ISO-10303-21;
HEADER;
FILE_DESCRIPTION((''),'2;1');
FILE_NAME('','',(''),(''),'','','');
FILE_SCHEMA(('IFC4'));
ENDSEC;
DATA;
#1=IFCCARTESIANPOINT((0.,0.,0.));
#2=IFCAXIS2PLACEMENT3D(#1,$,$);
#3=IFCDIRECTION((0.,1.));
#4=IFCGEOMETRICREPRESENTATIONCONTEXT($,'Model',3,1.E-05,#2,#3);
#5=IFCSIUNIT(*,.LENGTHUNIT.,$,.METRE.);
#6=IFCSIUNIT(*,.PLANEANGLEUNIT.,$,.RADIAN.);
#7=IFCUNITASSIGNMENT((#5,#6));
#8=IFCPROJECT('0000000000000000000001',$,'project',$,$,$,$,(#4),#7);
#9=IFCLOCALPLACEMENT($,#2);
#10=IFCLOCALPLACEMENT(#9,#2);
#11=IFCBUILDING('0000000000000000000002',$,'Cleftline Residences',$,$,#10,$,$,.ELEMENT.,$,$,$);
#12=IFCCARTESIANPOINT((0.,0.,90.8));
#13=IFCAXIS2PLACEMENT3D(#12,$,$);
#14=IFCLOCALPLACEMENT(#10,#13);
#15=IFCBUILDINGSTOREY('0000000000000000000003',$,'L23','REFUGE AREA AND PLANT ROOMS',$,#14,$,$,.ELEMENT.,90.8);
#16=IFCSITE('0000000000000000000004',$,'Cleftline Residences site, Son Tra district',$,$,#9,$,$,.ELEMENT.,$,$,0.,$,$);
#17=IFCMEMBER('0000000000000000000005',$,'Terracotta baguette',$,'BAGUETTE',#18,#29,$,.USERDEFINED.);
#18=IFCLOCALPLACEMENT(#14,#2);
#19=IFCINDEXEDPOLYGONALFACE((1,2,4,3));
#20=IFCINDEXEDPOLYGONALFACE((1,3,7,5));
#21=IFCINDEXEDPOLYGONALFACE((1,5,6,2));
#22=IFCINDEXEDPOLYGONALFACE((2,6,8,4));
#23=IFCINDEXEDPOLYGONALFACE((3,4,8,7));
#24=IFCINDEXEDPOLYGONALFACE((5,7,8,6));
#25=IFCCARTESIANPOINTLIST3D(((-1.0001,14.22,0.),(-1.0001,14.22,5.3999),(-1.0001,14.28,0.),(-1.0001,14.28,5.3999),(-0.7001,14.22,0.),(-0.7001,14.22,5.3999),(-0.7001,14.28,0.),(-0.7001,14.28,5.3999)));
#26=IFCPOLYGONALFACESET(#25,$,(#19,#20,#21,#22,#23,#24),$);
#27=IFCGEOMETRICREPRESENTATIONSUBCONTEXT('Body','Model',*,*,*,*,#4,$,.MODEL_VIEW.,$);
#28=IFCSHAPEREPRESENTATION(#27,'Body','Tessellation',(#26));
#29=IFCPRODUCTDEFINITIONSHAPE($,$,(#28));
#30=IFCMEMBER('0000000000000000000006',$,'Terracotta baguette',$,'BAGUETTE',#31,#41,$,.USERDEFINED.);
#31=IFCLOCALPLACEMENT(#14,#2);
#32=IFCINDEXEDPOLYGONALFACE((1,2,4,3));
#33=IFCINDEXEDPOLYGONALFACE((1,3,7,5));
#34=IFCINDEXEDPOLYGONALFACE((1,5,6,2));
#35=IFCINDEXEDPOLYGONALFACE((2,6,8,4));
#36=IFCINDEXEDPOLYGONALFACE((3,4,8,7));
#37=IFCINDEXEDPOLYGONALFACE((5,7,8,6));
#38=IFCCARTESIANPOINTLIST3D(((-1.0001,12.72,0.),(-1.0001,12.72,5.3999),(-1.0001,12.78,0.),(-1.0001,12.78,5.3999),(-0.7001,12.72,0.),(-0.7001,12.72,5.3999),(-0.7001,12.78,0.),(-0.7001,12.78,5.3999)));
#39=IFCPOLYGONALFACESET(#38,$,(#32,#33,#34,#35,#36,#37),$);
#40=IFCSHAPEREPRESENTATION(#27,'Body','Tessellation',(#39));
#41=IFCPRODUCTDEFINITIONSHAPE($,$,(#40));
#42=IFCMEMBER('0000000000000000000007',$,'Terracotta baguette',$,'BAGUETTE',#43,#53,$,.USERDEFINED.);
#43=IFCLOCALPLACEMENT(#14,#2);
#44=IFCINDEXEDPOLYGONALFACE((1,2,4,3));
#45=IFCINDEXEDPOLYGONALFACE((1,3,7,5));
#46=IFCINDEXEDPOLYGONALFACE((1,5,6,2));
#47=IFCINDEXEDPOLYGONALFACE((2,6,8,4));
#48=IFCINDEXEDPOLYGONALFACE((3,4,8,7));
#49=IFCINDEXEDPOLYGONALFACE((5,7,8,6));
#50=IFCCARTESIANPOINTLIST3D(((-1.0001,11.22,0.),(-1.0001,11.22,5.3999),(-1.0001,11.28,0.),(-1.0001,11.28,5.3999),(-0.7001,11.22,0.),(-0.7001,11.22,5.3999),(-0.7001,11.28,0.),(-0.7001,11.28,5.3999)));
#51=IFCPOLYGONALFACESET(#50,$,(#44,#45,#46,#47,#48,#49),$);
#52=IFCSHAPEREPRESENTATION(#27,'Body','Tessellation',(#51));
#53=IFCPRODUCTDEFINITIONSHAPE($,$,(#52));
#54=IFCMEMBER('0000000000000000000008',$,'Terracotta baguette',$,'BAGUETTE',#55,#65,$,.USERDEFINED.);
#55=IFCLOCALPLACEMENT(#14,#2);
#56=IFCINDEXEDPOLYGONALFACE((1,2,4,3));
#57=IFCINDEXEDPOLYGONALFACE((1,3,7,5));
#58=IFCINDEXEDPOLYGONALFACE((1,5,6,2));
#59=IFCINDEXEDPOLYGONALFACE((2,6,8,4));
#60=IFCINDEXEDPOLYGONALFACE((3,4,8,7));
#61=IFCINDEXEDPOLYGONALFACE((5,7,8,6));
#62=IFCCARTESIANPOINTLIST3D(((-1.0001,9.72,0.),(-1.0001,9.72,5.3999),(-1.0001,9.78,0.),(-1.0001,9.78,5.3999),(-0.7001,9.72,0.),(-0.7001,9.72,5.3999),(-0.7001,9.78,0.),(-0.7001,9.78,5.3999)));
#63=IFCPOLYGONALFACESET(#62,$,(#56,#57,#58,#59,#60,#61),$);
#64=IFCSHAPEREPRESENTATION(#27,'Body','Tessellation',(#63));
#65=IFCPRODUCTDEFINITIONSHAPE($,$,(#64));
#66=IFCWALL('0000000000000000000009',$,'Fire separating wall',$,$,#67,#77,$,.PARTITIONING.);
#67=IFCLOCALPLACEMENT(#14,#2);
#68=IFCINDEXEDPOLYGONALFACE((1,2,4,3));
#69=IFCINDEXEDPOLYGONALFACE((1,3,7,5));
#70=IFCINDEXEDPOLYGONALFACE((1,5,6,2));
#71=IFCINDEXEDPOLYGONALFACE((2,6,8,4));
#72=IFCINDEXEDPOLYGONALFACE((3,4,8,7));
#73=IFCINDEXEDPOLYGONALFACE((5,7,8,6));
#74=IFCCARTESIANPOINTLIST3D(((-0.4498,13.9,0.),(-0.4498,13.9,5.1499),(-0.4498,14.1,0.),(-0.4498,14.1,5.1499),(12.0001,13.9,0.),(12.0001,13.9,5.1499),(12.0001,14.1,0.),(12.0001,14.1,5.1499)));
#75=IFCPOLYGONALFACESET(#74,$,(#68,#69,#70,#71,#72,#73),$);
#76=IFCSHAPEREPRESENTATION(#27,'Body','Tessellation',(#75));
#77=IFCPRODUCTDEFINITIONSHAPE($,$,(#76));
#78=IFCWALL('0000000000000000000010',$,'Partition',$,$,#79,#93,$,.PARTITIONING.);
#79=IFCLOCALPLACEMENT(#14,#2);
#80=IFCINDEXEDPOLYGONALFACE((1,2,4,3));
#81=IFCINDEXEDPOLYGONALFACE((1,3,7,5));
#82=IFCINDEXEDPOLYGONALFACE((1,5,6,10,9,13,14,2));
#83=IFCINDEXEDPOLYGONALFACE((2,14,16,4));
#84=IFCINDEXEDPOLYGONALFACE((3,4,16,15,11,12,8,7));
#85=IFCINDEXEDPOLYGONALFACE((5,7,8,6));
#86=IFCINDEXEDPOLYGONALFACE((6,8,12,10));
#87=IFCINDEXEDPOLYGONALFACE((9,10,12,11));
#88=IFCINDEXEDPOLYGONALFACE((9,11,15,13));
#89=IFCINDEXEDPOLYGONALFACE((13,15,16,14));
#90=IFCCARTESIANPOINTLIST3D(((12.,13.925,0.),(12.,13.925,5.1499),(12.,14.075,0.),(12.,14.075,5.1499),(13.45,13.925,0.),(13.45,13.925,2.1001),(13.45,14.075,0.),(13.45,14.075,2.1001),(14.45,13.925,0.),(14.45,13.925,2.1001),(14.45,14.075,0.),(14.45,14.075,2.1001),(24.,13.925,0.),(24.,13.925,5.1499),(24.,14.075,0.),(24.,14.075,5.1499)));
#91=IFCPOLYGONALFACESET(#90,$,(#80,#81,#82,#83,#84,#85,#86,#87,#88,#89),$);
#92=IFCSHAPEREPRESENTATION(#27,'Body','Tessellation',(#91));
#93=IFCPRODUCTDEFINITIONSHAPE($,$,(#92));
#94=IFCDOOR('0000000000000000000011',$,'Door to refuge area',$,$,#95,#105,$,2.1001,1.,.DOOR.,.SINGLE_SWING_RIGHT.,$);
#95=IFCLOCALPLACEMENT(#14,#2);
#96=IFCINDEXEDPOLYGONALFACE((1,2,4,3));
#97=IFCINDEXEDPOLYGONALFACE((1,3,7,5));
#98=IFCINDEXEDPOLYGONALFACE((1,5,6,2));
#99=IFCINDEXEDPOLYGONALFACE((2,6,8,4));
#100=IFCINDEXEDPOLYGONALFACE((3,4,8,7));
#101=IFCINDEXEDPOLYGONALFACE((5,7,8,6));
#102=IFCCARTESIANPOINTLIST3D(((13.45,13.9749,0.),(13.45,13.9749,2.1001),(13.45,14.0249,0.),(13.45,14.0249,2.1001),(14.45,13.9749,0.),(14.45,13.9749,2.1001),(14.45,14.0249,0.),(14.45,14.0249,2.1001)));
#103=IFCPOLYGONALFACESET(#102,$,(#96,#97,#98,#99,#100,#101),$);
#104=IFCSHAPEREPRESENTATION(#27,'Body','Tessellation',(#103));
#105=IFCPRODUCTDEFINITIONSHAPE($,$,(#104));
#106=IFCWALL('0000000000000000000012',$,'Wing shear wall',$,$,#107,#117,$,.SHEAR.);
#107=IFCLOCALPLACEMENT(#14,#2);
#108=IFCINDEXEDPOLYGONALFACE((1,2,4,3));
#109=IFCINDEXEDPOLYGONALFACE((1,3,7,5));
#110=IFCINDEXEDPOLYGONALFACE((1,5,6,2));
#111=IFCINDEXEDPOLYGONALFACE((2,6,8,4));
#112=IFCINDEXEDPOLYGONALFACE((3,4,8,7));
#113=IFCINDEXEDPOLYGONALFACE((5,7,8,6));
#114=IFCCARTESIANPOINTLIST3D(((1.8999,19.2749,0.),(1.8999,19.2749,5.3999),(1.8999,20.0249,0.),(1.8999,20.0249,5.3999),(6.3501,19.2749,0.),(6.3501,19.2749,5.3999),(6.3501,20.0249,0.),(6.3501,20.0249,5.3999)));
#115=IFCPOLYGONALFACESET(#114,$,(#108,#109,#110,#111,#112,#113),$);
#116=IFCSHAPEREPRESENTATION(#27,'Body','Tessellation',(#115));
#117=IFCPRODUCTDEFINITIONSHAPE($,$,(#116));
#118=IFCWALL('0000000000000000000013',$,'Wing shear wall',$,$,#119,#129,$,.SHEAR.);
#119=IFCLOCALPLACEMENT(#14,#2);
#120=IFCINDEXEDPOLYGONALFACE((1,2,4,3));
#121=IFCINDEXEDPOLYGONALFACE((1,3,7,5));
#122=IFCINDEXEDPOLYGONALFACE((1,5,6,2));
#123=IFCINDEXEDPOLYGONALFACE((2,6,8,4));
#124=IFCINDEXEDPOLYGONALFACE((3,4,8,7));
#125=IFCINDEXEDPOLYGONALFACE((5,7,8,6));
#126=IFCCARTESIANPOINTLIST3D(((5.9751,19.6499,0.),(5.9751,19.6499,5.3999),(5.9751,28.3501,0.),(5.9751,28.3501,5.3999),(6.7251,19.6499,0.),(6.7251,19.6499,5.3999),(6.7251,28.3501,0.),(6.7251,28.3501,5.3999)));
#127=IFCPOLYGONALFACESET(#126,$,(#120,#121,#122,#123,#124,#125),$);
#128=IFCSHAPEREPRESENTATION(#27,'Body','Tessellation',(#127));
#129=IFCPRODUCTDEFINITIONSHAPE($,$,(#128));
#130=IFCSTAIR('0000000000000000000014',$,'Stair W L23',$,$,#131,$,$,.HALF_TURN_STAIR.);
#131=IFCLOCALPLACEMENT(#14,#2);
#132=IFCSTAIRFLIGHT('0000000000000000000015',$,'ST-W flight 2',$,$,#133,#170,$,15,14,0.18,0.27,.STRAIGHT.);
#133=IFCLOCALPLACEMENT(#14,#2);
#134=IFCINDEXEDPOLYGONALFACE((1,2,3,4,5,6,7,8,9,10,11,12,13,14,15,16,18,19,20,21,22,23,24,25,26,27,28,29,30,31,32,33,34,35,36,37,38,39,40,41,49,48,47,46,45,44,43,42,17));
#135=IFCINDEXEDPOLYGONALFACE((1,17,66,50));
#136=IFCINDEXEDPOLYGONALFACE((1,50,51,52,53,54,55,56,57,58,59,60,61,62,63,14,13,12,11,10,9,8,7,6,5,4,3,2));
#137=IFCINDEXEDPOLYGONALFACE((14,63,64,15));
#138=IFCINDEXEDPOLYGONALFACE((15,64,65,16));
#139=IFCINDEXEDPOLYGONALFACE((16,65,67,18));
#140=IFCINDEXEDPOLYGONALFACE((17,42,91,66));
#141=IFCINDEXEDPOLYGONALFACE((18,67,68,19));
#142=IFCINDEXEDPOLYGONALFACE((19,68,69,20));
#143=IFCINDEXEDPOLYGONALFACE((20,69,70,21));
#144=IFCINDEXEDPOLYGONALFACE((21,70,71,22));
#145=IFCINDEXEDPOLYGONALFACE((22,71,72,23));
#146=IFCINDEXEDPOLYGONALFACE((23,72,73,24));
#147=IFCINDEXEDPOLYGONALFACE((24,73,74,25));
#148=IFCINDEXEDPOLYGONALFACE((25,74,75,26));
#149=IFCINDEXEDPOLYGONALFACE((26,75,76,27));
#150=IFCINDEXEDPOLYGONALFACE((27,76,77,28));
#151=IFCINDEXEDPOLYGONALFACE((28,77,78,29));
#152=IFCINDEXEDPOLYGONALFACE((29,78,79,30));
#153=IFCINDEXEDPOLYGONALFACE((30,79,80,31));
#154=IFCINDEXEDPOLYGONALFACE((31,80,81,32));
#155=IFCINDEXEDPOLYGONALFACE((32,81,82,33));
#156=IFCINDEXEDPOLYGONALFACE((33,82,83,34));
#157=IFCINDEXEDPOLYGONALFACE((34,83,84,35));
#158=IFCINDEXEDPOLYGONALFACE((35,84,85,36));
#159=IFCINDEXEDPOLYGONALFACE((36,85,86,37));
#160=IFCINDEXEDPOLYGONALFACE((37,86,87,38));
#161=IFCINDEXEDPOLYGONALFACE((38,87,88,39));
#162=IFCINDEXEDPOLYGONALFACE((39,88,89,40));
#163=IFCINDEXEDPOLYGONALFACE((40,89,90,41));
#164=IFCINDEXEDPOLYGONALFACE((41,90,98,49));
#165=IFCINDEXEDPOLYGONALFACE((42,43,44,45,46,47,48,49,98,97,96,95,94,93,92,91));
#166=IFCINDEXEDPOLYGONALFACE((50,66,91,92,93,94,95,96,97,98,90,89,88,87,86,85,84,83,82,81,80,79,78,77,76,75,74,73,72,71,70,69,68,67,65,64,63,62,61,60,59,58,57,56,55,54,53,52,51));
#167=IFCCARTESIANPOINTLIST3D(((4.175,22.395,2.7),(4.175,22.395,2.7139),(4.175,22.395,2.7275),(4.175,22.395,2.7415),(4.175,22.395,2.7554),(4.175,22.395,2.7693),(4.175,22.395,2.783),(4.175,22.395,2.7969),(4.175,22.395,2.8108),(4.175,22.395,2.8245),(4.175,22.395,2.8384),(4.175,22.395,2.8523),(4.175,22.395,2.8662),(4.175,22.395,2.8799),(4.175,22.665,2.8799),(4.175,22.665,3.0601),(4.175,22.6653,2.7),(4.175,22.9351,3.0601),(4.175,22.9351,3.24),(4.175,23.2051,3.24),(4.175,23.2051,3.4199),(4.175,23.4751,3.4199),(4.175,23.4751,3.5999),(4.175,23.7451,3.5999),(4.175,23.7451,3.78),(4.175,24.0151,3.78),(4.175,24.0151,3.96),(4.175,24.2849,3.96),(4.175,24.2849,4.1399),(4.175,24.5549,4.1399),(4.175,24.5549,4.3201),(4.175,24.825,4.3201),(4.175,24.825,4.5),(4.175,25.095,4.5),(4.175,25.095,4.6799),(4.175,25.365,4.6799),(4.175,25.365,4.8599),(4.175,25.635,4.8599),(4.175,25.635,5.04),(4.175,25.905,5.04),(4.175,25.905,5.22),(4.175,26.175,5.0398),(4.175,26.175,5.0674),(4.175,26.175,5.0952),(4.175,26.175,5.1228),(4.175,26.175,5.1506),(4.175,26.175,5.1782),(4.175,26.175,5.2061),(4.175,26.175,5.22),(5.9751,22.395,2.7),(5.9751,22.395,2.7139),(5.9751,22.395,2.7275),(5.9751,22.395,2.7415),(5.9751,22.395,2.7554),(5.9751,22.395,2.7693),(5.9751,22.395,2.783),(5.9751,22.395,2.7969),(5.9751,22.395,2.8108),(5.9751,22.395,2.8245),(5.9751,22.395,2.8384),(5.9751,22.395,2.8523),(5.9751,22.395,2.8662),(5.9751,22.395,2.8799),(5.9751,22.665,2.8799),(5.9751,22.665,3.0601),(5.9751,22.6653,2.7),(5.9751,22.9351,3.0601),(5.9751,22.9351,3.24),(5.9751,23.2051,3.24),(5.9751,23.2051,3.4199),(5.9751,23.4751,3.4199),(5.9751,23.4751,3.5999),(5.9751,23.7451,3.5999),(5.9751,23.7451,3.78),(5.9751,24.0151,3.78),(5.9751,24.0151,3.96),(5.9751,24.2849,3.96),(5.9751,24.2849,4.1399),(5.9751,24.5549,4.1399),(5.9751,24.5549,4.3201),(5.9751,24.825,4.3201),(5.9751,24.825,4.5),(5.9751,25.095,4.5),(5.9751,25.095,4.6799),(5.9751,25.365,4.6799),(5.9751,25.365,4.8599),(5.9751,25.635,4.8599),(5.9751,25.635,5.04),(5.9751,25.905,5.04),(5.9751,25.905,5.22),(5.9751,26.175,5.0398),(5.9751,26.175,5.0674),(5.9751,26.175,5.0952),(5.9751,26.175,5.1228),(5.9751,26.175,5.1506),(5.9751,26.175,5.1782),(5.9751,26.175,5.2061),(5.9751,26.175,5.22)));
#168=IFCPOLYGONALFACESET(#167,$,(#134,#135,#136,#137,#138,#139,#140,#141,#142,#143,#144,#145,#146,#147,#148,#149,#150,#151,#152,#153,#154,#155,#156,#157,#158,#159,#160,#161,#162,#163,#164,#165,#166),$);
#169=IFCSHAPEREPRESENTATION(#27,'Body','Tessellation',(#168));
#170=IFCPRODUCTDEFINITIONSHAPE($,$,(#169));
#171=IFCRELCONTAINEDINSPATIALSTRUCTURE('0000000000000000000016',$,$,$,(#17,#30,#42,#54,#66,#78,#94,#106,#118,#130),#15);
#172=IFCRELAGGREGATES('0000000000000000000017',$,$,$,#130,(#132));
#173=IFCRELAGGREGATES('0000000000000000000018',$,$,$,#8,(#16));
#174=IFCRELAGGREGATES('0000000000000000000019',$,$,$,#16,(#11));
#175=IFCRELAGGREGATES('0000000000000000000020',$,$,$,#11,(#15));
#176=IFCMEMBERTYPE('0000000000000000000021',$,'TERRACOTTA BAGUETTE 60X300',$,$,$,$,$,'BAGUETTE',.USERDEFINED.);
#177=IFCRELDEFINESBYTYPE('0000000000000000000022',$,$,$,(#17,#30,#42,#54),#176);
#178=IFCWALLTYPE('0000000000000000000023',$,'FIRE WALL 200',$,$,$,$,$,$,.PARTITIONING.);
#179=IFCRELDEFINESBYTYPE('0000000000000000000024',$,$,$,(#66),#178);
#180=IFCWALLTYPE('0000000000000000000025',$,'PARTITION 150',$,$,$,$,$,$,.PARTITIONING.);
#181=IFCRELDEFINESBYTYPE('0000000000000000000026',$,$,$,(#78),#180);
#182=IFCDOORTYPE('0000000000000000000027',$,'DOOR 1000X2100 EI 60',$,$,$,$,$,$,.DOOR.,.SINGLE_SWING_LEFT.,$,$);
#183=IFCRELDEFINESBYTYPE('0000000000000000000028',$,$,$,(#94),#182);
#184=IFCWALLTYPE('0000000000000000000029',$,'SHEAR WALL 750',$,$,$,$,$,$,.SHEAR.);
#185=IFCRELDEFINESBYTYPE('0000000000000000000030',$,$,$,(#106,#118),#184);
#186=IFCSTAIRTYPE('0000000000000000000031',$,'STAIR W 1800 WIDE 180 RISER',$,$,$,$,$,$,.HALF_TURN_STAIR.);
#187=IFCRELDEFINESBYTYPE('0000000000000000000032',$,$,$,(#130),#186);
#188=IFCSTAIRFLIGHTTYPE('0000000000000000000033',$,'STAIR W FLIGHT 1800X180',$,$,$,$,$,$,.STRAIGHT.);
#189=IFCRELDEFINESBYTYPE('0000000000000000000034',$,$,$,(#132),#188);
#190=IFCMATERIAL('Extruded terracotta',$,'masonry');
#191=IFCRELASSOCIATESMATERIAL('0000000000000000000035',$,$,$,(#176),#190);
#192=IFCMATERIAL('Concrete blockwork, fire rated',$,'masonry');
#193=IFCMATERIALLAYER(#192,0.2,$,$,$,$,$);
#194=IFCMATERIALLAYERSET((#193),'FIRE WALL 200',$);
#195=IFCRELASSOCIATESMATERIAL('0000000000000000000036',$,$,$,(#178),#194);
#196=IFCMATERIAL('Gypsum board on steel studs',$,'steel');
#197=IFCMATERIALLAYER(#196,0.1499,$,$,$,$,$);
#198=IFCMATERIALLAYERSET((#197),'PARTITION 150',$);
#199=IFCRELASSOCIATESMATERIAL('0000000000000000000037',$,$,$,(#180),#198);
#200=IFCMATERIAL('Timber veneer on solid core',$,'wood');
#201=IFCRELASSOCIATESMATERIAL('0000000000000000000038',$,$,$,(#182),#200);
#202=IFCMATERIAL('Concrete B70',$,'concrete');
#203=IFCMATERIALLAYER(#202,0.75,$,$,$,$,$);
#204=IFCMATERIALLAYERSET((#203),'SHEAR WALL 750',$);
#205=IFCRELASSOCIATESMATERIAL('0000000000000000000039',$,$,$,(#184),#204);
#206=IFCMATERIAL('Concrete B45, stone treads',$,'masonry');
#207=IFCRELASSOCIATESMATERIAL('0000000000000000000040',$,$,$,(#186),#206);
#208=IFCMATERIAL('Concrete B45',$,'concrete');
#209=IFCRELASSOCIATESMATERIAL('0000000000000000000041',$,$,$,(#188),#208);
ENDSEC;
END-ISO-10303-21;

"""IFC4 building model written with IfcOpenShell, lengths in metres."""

from ifc_helpers import new_model, si_unit, direction, frame, frame_2d, origin, origin_2d, place, context, subcontext, project, spatial, polyline, rectangle, outline, extrude, material, layer, layer_set, material_profile, profile_set, type_object, element, fill, aggregate, save


model = new_model("IFC4")

# Units and contexts
model_context = context("Model", 3, precision=1e-05, world=origin(), true_north=direction((0.0, 1.0)))
body_context = subcontext(model_context, "Body", "Model", "MODEL_VIEW")
ifc_project = project(units=[si_unit("LENGTHUNIT", "METRE"), si_unit("PLANEANGLEUNIT", "RADIAN")], contexts=[model_context])

# Site, building, storey
site_placement = place(None, origin())
site = spatial("IfcSite", under=ifc_project, at=site_placement, Name="Cleftline Residences site, Son Tra district", CompositionType="ELEMENT", RefElevation=0.0)
building_placement = place(site_placement, origin())
building = spatial("IfcBuilding", under=site, at=building_placement, Name="Cleftline Residences", CompositionType="ELEMENT")
storey_placement = place(building_placement, frame((0.0, 0.0, 90.8)))
storey = spatial("IfcBuildingStorey", under=building, at=storey_placement, Name="L23", Description="REFUGE AREA AND PLANT ROOMS", CompositionType="ELEMENT", Elevation=90.8)

# Members
ifc_material_1 = material(Name="Extruded terracotta", Category="masonry")
ifc_material_profile_1 = material_profile(ifc_material_1, rectangle(XDim=0.0601, YDim=0.3, at=origin_2d()))
ifc_profile_set_1 = profile_set([ifc_material_profile_1], Name="Extruded terracotta")
member_type_1 = type_object("IfcMemberType", Name="TERRACOTTA BAGUETTE 60X300", ElementType="BAGUETTE", PredefinedType="USERDEFINED", material=ifc_profile_set_1)
for number, where, z_axis, x_axis, name in (
    (1, (-0.8501, 14.25, 0.0), (0.0, 0.0, 1.0), (0.0, 1.0, 0.0), "Terracotta baguette"),
    (2, (-0.8501, 12.75, 0.0), (0.0, 0.0, 1.0), (0.0, 1.0, 0.0), "Terracotta baguette"),
    (3, (-0.8501, 11.25, 0.0), (0.0, 0.0, 1.0), (0.0, 1.0, 0.0), "Terracotta baguette"),
    (4, (-0.8501, 9.75, 0.0), (0.0, 0.0, 1.0), (0.0, 1.0, 0.0), "Terracotta baguette"),
):
    element("IfcMember", number, at=place(storey_placement, frame(where, z_axis=z_axis, x_axis=x_axis)), inside=storey, type_object=member_type_1, Name=name, ObjectType="BAGUETTE", PredefinedType="USERDEFINED", context=body_context, shape_type="SweptSolid", body=[
        extrude(rectangle(XDim=0.0601, YDim=0.3, at=origin_2d()), origin(), (0.0, 0.0, 1.0), 5.3999),
    ])

# Wall
ifc_material_2 = material(Name="Concrete blockwork, fire rated", Category="masonry")
ifc_layer_1 = layer(ifc_material_2, 0.2)
ifc_layer_set_1 = layer_set([ifc_layer_1], Name="FIRE WALL 200")
wall_type_1 = type_object("IfcWallType", Name="FIRE WALL 200", PredefinedType="PARTITIONING", material=ifc_layer_set_1)
wall_1_placement = place(storey_placement, frame((-0.45, 14.0, 0.0), z_axis=(0.0, 0.0, 1.0), x_axis=(1.0, 0.0, 0.0)))
element("IfcWall", 5, at=wall_1_placement, inside=storey, type_object=wall_type_1, Name="Fire separating wall", PredefinedType="PARTITIONING", context=body_context, shape_type="SweptSolid", body=[
    extrude(rectangle(XDim=12.45, YDim=0.2, at=frame_2d((6.2251, 0.0))), origin(), (0.0, 0.0, 1.0), 5.1499),
])

# Wall, opening, door
ifc_material_3 = material(Name="Gypsum board on steel studs", Category="steel")
ifc_layer_2 = layer(ifc_material_3, 0.1499)
ifc_layer_set_2 = layer_set([ifc_layer_2], Name="PARTITION 150")
wall_type_2 = type_object("IfcWallType", Name="PARTITION 150", PredefinedType="PARTITIONING", material=ifc_layer_set_2)
wall_2_placement = place(storey_placement, frame((12.0, 14.0, 0.0), z_axis=(0.0, 0.0, 1.0), x_axis=(1.0, 0.0, 0.0)))
wall_2 = element("IfcWall", 6, at=wall_2_placement, inside=storey, type_object=wall_type_2, Name="Partition", PredefinedType="PARTITIONING", context=body_context, shape_type="SweptSolid", body=[
    extrude(rectangle(XDim=12.0, YDim=0.1499, at=frame_2d((6.0, 0.0))), origin(), (0.0, 0.0, 1.0), 5.1499),
])
opening_placement = place(wall_2_placement, frame((1.45, 0.0, 0.0)))
opening = element("IfcOpeningElement", 7, at=opening_placement, cuts=wall_2, PredefinedType="OPENING", context=body_context, shape_type="SweptSolid", body=[
    extrude(rectangle(XDim=1.0, YDim=2.1001, at=frame_2d((0.5, 1.05))), frame((0.0, 0.085, 0.0), z_axis=(0.0, -1.0, 0.0), x_axis=(1.0, 0.0, 0.0)), (0.0, 0.0, 1.0), 0.1699),
])
ifc_material_4 = material(Name="Timber veneer on solid core", Category="wood")
door_type = type_object("IfcDoorType", Name="DOOR 1000X2100 EI 60", OperationType="SINGLE_SWING_LEFT", PredefinedType="DOOR", material=ifc_material_4)
door_placement = place(opening_placement, origin())
door = element("IfcDoor", 8, at=door_placement, inside=storey, type_object=door_type, Name="Door to refuge area", OperationType="SINGLE_SWING_RIGHT", OverallHeight=2.1001, OverallWidth=1.0, PredefinedType="DOOR", context=body_context, shape_type="SweptSolid", body=[
    extrude(rectangle(XDim=1.0, YDim=2.1001, at=frame_2d((0.5, 1.05))), frame((0.0, 0.0249, 0.0), z_axis=(0.0, -1.0, 0.0), x_axis=(1.0, 0.0, 0.0)), (0.0, 0.0, 1.0), 0.05),
])
fill(opening, door)

# Walls
ifc_material_5 = material(Name="Concrete B70", Category="concrete")
ifc_layer_3 = layer(ifc_material_5, 0.75)
ifc_layer_set_3 = layer_set([ifc_layer_3], Name="SHEAR WALL 750")
wall_type_3 = type_object("IfcWallType", Name="SHEAR WALL 750", PredefinedType="SHEAR", material=ifc_layer_set_3)
wall_3_placement = place(storey_placement, frame((1.8999, 19.6499, 0.0), z_axis=(0.0, 0.0, 1.0), x_axis=(1.0, 0.0, 0.0)))
element("IfcWall", 9, at=wall_3_placement, inside=storey, type_object=wall_type_3, Name="Wing shear wall", PredefinedType="SHEAR", context=body_context, shape_type="SweptSolid", body=[
    extrude(rectangle(XDim=4.4502, YDim=0.75, at=frame_2d((2.2251, 0.0))), origin(), (0.0, 0.0, 1.0), 5.3999),
])
wall_4_placement = place(storey_placement, frame((6.3501, 19.6499, 0.0), z_axis=(0.0, 0.0, 1.0), x_axis=(0.0, 1.0, 0.0)))
element("IfcWall", 10, at=wall_4_placement, inside=storey, type_object=wall_type_3, Name="Wing shear wall", PredefinedType="SHEAR", context=body_context, shape_type="SweptSolid", body=[
    extrude(rectangle(XDim=8.7002, YDim=0.75, at=frame_2d((4.3501, 0.0))), origin(), (0.0, 0.0, 1.0), 5.3999),
])

# Stair, stair flight
ifc_material_6 = material(Name="Concrete B45, stone treads", Category="masonry")
stair_type = type_object("IfcStairType", Name="STAIR W 1800 WIDE 180 RISER", PredefinedType="HALF_TURN_STAIR", material=ifc_material_6)
stair_placement = place(storey_placement, origin())
stair = element("IfcStair", 11, at=stair_placement, inside=storey, type_object=stair_type, Name="Stair W L23", PredefinedType="HALF_TURN_STAIR")
ifc_material_7 = material(Name="Concrete B45", Category="concrete")
stair_flight_type = type_object("IfcStairFlightType", Name="STAIR W FLIGHT 1800X180", PredefinedType="STRAIGHT", material=ifc_material_7)
stair_flight_placement = place(storey_placement, frame((5.075, 22.395, 2.7), z_axis=(0.0, 0.0, 1.0), x_axis=(0.0, 1.0, 0.0)))
stair_flight = element("IfcStairFlight", 12, at=stair_flight_placement, type_object=stair_flight_type, Name="ST-W flight 2", NumberOfRisers=15, NumberOfTreads=14, PredefinedType="STRAIGHT", RiserHeight=0.18, TreadLength=0.27, context=body_context, shape_type="SweptSolid", body=[
    extrude(outline(polyline([(0.0, 0.0), (0.0, 0.0139), (0.0, 0.0276), (0.0, 0.0415), (0.0, 0.0554), (0.0, 0.0693), (0.0, 0.083), (0.0, 0.0969), (0.0, 0.1108), (0.0, 0.1245), (0.0, 0.1384), (0.0, 0.1523), (0.0, 0.1663), (0.0, 0.1799), (0.27, 0.1799), (0.27, 0.3601), (0.54, 0.3601), (0.54, 0.54), (0.8101, 0.54), (0.8101, 0.72), (1.0801, 0.72), (1.0801, 0.8999), (1.3501, 0.8999), (1.3501, 1.0801), (1.6201, 1.0801), (1.6201, 1.26), (1.8899, 1.26), (1.8899, 1.4399), (2.1599, 1.4399), (2.1599, 1.6201), (2.4299, 1.6201), (2.4299, 1.8), (2.7, 1.8), (2.7, 1.98), (2.97, 1.98), (2.97, 2.1599), (3.24, 2.1599), (3.24, 2.3401), (3.51, 2.3401), (3.51, 2.52), (3.78, 2.52), (3.78, 2.7), (3.78, 2.6724), (3.78, 2.6445), (3.78, 2.6169), (3.78, 2.5891), (3.78, 2.5615), (3.78, 2.5337), (3.78, 2.5061), (3.78, 2.4783), (3.78, 2.4507), (3.78, 2.4229), (3.78, 2.3953), (3.78, 2.3674), (3.78, 2.3398), (0.2703, 0.0), (0.0, 0.0)])), frame((0.0, 0.8999, 0.0), z_axis=(0.0, -1.0, 0.0), x_axis=(1.0, 0.0, 0.0)), (0.0, 0.0, 1.0), 1.8),
])
aggregate(stair, [stair_flight])

save(model, "model.ifc")
